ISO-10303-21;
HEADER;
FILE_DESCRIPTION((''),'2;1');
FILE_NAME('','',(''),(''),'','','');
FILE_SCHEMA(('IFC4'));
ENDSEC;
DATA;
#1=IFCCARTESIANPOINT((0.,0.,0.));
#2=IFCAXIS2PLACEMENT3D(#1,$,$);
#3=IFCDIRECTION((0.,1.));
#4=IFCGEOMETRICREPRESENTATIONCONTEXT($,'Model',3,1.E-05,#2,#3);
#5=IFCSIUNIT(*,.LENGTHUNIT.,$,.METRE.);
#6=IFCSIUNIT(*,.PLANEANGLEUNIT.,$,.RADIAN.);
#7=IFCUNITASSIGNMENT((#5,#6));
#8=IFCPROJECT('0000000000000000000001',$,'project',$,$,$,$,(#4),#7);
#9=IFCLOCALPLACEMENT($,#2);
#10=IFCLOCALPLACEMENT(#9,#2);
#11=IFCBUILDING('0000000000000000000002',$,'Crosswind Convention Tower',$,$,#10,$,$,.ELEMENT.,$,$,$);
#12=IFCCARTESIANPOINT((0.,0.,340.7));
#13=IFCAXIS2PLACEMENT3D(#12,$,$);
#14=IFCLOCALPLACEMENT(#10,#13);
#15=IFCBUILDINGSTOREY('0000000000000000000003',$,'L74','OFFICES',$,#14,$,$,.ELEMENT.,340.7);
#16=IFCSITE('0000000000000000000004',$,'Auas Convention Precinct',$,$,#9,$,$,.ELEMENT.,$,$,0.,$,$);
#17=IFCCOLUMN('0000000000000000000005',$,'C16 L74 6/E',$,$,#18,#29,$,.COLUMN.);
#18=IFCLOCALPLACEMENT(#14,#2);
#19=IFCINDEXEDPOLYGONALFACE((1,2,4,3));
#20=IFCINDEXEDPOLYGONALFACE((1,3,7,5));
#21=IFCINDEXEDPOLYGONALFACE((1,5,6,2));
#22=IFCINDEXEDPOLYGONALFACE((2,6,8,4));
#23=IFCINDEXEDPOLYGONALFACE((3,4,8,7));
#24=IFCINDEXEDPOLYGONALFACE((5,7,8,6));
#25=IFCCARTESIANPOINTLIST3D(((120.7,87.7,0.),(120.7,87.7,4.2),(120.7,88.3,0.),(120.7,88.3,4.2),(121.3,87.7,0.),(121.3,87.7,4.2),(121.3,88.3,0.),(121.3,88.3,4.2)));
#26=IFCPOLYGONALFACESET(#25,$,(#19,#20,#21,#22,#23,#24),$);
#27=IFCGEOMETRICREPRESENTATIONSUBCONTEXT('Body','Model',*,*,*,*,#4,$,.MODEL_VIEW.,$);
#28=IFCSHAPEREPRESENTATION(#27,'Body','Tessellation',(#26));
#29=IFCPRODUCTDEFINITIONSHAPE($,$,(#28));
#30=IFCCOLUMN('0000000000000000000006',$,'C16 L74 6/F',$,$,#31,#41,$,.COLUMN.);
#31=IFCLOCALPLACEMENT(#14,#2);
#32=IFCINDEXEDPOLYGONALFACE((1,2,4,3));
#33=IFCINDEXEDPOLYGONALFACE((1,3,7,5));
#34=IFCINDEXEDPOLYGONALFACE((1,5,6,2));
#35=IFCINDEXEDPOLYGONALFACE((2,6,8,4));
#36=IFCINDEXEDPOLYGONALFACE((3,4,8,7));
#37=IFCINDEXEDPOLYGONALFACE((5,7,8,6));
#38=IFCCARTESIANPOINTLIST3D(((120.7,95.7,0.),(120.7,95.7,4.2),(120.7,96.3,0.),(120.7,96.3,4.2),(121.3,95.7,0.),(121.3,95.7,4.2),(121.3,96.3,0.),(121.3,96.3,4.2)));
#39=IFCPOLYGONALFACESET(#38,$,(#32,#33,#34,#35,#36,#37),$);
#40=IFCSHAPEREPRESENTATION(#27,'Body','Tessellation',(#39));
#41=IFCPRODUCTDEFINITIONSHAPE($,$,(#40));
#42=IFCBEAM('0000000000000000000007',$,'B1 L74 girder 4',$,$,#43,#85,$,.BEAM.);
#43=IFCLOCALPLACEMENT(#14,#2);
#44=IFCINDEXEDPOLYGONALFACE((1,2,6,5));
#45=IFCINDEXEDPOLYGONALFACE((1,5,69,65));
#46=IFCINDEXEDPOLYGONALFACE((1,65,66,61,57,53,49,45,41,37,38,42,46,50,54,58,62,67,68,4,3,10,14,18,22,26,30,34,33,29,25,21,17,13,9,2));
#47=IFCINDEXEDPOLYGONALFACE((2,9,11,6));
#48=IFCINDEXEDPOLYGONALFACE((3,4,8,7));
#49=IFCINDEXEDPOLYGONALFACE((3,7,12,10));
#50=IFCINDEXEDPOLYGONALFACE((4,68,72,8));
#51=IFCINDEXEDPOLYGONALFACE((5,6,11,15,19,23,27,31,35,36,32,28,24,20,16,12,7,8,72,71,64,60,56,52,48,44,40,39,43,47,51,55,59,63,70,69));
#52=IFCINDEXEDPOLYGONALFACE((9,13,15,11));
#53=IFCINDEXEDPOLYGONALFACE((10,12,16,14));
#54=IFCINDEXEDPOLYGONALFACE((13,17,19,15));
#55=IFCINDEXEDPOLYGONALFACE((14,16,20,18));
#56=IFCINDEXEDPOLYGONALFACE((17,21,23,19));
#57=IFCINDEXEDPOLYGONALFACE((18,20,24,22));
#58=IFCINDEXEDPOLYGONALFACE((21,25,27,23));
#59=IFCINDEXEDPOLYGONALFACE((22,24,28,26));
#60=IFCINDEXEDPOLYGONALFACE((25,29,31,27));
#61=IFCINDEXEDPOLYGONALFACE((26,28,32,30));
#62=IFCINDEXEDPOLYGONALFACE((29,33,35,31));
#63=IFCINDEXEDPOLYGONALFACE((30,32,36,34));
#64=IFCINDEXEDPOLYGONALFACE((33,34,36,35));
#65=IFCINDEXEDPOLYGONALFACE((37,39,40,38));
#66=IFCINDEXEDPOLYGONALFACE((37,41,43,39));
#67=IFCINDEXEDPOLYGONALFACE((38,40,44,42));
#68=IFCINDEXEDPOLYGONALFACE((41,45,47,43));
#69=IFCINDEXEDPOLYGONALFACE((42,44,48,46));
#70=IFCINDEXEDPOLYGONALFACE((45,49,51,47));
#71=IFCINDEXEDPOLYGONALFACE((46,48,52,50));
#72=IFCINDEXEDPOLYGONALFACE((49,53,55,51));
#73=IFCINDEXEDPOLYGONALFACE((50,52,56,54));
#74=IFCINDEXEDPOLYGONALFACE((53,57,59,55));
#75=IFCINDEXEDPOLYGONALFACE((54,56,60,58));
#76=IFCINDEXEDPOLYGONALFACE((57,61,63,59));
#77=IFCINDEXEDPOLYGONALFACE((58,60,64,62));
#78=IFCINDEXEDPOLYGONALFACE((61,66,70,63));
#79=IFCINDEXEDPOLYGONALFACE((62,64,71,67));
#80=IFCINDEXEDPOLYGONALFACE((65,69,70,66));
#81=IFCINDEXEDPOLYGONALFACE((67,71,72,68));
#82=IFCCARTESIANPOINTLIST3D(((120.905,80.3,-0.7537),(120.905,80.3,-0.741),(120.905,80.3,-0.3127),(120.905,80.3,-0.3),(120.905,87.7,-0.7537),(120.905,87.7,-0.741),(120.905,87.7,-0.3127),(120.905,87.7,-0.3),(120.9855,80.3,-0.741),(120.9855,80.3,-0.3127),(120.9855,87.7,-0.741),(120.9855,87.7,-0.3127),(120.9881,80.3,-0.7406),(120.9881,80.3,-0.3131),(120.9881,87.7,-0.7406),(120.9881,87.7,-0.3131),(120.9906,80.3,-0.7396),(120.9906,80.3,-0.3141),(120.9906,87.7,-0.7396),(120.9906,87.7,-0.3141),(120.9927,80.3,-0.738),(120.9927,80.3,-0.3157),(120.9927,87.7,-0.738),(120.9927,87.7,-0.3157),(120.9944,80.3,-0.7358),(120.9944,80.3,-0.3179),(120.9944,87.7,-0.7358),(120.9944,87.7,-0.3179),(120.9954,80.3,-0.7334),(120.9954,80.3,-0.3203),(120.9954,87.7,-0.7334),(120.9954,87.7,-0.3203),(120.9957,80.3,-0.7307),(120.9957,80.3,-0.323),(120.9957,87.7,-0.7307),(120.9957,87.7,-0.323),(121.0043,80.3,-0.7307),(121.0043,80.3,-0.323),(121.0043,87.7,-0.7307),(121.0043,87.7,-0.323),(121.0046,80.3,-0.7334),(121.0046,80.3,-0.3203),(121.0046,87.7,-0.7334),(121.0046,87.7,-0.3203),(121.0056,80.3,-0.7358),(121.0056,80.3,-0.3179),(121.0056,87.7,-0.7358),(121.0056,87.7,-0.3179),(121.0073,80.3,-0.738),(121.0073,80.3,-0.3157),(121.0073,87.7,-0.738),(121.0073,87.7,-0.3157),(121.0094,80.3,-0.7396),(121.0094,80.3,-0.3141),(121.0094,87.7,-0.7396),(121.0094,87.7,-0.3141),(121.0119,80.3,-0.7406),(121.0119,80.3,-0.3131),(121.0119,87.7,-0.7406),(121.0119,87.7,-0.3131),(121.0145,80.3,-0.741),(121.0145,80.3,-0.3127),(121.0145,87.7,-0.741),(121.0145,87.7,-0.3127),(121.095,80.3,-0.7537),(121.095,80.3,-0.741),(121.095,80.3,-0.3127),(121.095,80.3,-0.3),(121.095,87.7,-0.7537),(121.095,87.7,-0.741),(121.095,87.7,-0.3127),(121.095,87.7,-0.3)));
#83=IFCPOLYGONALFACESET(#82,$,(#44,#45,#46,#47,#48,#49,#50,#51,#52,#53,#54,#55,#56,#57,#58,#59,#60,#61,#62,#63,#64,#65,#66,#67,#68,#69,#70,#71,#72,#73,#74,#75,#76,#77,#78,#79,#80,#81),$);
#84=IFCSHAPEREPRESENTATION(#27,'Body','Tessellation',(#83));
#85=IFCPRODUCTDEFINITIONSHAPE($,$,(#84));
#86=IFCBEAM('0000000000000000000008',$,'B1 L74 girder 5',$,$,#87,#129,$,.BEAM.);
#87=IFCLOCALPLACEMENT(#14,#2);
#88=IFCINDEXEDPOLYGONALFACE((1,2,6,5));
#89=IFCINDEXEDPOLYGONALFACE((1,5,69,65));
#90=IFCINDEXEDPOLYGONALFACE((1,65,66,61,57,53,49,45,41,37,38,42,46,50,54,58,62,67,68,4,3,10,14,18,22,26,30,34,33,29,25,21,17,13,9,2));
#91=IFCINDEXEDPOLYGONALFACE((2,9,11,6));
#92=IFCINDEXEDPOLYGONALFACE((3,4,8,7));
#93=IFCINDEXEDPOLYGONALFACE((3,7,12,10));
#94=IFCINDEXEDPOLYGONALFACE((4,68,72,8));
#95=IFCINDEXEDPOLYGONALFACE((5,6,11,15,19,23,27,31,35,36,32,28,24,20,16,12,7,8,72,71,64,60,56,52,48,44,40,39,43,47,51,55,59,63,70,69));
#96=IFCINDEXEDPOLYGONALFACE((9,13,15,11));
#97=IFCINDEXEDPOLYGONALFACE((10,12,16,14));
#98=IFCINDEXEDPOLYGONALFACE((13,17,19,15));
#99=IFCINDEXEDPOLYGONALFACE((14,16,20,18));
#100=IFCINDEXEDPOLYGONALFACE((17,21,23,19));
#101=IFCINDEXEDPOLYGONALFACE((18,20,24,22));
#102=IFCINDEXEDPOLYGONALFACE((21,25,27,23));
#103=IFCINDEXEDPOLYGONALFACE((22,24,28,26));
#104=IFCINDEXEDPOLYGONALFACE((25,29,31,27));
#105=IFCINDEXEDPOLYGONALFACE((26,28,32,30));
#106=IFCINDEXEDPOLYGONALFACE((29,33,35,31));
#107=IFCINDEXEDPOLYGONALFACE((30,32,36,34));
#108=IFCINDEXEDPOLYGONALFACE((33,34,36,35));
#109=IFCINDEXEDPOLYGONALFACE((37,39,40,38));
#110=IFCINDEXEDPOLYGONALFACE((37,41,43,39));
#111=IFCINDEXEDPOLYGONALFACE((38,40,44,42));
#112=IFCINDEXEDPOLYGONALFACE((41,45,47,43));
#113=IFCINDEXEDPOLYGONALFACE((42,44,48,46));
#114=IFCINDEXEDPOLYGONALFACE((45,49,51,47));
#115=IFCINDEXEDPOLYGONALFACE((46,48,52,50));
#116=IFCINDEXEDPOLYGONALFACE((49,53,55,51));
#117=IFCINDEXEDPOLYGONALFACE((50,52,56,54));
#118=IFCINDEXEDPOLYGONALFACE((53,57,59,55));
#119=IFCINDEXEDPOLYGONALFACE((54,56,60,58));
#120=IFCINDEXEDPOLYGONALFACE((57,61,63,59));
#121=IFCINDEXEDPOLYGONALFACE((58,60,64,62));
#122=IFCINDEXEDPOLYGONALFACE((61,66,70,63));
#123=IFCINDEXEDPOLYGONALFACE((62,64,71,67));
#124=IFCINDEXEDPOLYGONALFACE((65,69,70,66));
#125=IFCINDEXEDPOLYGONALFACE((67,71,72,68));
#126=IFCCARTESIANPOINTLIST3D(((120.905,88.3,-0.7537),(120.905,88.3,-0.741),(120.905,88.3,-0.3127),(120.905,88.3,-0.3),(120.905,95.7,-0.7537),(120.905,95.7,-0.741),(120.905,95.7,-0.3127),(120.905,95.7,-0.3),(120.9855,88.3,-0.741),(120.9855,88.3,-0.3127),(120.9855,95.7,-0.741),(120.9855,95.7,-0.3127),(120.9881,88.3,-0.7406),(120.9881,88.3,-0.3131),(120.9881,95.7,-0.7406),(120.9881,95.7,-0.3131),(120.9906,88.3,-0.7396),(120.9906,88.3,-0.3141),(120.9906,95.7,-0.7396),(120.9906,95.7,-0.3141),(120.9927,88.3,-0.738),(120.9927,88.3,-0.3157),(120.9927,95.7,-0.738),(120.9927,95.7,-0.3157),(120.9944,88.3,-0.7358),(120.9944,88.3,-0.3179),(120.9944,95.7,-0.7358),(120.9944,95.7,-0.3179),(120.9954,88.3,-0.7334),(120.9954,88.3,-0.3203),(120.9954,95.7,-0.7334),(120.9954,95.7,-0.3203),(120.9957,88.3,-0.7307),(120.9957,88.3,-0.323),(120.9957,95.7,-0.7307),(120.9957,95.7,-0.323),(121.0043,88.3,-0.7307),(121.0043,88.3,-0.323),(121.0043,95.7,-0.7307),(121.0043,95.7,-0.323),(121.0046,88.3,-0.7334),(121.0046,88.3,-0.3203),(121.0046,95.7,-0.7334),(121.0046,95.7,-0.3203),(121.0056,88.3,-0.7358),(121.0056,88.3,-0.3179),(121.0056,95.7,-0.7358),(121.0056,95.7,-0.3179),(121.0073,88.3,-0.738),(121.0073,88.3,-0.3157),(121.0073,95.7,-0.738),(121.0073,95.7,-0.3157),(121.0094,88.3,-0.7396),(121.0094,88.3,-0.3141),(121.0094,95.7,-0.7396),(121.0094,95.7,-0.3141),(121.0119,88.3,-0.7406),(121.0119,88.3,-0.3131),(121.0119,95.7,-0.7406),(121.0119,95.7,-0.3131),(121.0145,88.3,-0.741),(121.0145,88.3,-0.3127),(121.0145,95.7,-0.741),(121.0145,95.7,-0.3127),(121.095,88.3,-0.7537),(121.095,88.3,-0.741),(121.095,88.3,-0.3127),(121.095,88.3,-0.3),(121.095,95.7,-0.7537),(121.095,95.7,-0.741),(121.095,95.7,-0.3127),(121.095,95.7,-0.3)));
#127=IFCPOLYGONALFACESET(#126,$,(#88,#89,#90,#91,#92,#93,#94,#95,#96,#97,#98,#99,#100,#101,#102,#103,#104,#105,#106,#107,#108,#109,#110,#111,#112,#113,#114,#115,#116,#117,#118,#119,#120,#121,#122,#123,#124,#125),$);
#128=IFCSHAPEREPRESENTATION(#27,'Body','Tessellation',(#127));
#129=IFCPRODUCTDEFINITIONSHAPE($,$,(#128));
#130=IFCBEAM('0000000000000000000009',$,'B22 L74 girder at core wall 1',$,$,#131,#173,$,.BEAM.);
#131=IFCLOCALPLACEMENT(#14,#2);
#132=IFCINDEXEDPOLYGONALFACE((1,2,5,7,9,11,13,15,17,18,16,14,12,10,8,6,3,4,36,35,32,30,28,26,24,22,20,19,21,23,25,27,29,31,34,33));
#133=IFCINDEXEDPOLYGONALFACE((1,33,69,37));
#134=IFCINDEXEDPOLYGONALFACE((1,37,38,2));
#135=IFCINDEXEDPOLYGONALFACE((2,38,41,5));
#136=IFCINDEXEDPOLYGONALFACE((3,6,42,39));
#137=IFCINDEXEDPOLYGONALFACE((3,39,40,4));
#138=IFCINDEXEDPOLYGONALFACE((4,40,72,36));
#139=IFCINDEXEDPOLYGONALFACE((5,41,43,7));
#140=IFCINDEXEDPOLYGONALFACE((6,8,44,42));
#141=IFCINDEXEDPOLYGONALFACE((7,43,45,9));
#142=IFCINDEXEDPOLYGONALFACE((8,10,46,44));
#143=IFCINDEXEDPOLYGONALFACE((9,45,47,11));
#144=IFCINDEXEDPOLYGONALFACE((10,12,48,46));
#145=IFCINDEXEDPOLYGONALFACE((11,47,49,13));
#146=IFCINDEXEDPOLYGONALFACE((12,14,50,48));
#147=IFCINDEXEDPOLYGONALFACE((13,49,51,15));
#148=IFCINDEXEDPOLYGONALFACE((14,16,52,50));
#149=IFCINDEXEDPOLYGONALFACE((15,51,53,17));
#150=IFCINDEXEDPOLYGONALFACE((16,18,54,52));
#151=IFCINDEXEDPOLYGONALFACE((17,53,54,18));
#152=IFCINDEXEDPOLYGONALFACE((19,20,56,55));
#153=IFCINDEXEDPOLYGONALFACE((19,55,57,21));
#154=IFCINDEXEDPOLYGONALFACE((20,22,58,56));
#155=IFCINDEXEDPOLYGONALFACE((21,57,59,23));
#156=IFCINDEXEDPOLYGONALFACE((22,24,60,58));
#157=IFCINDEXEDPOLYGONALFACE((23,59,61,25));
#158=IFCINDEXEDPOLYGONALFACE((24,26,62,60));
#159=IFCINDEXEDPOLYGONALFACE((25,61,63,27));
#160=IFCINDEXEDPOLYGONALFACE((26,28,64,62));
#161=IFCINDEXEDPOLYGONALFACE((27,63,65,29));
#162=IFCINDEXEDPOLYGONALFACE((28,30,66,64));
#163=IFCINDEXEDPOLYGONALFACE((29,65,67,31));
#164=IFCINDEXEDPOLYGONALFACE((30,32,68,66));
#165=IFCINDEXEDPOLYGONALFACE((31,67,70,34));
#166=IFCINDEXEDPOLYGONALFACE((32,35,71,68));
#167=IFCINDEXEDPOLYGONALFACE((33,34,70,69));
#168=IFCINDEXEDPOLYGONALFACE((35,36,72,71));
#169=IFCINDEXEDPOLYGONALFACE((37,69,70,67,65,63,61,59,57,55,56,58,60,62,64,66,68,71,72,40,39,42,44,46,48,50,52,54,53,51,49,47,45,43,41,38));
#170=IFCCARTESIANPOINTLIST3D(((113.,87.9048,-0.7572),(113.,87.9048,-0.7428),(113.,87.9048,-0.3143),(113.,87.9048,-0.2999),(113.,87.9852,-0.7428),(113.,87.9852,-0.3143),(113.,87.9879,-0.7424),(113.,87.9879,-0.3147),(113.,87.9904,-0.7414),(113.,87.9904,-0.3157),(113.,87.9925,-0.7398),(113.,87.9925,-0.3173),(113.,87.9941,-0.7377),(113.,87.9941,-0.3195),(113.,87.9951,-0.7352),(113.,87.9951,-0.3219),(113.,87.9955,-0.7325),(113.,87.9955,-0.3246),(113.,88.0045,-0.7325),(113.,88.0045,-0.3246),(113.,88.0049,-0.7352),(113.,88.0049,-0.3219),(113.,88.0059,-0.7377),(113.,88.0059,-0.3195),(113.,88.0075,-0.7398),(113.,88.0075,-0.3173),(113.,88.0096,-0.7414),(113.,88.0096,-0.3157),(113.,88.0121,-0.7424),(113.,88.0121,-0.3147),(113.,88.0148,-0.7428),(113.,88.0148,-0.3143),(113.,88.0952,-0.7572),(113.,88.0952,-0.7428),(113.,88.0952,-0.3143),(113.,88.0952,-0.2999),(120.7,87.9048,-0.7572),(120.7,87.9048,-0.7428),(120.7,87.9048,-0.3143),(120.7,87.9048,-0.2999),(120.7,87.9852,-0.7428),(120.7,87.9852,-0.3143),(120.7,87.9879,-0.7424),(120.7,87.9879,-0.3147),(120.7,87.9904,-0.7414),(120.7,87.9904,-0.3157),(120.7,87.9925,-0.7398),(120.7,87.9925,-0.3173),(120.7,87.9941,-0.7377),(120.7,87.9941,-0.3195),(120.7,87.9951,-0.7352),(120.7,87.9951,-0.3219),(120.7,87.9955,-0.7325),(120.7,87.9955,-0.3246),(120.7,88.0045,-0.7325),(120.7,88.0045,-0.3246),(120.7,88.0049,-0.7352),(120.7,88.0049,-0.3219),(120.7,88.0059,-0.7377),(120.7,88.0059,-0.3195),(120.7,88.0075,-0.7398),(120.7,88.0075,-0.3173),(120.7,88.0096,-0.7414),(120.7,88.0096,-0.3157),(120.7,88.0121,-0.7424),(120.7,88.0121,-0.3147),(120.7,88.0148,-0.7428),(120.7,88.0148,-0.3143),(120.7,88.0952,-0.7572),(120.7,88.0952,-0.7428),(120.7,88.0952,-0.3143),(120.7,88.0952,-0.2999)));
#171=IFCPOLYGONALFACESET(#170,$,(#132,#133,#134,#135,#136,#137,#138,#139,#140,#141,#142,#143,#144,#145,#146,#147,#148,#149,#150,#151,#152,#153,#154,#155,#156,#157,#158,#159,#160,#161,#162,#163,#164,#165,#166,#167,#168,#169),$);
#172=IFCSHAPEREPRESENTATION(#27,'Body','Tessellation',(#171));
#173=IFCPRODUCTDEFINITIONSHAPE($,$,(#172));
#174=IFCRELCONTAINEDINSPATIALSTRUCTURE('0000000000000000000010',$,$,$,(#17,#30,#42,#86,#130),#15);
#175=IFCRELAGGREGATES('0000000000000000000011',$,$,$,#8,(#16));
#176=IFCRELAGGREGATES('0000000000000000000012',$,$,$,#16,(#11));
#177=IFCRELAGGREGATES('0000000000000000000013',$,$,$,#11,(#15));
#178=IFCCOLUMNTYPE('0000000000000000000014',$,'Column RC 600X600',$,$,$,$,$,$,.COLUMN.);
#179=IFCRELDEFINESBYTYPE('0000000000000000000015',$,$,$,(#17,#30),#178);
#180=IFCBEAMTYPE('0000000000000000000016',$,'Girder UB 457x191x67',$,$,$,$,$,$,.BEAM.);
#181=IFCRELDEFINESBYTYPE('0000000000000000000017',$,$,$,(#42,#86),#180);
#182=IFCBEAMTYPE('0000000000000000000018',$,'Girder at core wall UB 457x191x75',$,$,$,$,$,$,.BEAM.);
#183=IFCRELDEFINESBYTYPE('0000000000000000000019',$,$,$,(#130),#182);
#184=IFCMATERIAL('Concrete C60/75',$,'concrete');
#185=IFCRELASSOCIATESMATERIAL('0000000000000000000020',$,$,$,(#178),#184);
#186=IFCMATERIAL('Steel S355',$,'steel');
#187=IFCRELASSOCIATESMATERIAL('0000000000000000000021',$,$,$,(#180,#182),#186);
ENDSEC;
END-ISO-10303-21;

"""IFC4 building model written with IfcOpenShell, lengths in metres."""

from ifc_helpers import new_model, si_unit, direction, frame, origin, origin_2d, place, context, subcontext, project, spatial, rectangle, i_section, extrude, material, material_profile, profile_set, type_object, element, save


model = new_model("IFC4")

# Units and contexts
model_context = context("Model", 3, precision=1e-05, world=origin(), true_north=direction((0.0, 1.0)))
body_context = subcontext(model_context, "Body", "Model", "MODEL_VIEW")
ifc_project = project(units=[si_unit("LENGTHUNIT", "METRE"), si_unit("PLANEANGLEUNIT", "RADIAN")], contexts=[model_context])

# Site, building, storey
site_placement = place(None, origin())
site = spatial("IfcSite", under=ifc_project, at=site_placement, Name="Auas Convention Precinct", CompositionType="ELEMENT", RefElevation=0.0)
building_placement = place(site_placement, origin())
building = spatial("IfcBuilding", under=site, at=building_placement, Name="Crosswind Convention Tower", CompositionType="ELEMENT")
storey_placement = place(building_placement, frame((0.0, 0.0, 340.7)))
storey = spatial("IfcBuildingStorey", under=building, at=storey_placement, Name="L74", Description="OFFICES", CompositionType="ELEMENT", Elevation=340.7)

# Columns
ifc_material_1 = material(Name="Concrete C60/75", Category="concrete")
ifc_material_profile_1 = material_profile(ifc_material_1, rectangle(XDim=0.6001, YDim=0.6001, at=origin_2d()), Name="RC 600X600")
ifc_profile_set_1 = profile_set([ifc_material_profile_1], Name="Concrete C60/75")
column_type = type_object("IfcColumnType", Name="Column RC 600X600", PredefinedType="COLUMN", material=ifc_profile_set_1)
for number, where, z_axis, x_axis, name in (
    (1, (121.0, 88.0, 0.0), (0.0, 0.0, 1.0), (1.0, 0.0, 0.0), "C16 L74 6/E"),
    (2, (121.0, 96.0, 0.0), (0.0, 0.0, 1.0), (1.0, 0.0, 0.0), "C16 L74 6/F"),
):
    element("IfcColumn", number, at=place(storey_placement, frame(where, z_axis=z_axis, x_axis=x_axis)), inside=storey, type_object=column_type, Name=name, PredefinedType="COLUMN", context=body_context, shape_type="SweptSolid", body=[
        extrude(rectangle(XDim=0.6001, YDim=0.6001, at=origin_2d()), origin(), (0.0, 0.0, 1.0), 4.2),
    ])

# Beams
ifc_material_2 = material(Name="Steel S355", Category="steel")
ifc_material_profile_2 = material_profile(ifc_material_2, i_section(OverallWidth=0.1899, OverallDepth=0.4536, WebThickness=0.0085, FlangeThickness=0.0127, FilletRadius=0.0103, at=origin_2d()), Name="UB 457x191x67")
ifc_profile_set_2 = profile_set([ifc_material_profile_2], Name="Steel S355")
beam_type_1 = type_object("IfcBeamType", Name="Girder UB 457x191x67", PredefinedType="BEAM", material=ifc_profile_set_2)
for number, where, z_axis, x_axis, name in (
    (3, (121.0, 80.3, -0.5269), (0.0, 1.0, 0.0), (-1.0, 0.0, 0.0), "B1 L74 girder 4"),
    (4, (121.0, 88.3, -0.5269), (0.0, 1.0, 0.0), (-1.0, 0.0, 0.0), "B1 L74 girder 5"),
):
    element("IfcBeam", number, at=place(storey_placement, frame(where, z_axis=z_axis, x_axis=x_axis)), inside=storey, type_object=beam_type_1, Name=name, PredefinedType="BEAM", context=body_context, shape_type="SweptSolid", body=[
        extrude(i_section(OverallWidth=0.1899, OverallDepth=0.4536, WebThickness=0.0085, FlangeThickness=0.0127, FilletRadius=0.0103, at=origin_2d()), origin(), (0.0, 0.0, 1.0), 7.3999),
    ])
ifc_material_profile_3 = material_profile(ifc_material_2, i_section(OverallWidth=0.1904, OverallDepth=0.4573, WebThickness=0.009, FlangeThickness=0.0144, FilletRadius=0.0103, at=origin_2d()), Name="UB 457x191x75")
ifc_profile_set_3 = profile_set([ifc_material_profile_3], Name="Steel S355")
beam_type_2 = type_object("IfcBeamType", Name="Girder at core wall UB 457x191x75", PredefinedType="BEAM", material=ifc_profile_set_3)
for number, where, z_axis, x_axis, name in (
    (5, (113.0, 88.0, -0.5286), (1.0, 0.0, 0.0), (0.0, 1.0, 0.0), "B22 L74 girder at core wall 1"),
):
    element("IfcBeam", number, at=place(storey_placement, frame(where, z_axis=z_axis, x_axis=x_axis)), inside=storey, type_object=beam_type_2, Name=name, PredefinedType="BEAM", context=body_context, shape_type="SweptSolid", body=[
        extrude(i_section(OverallWidth=0.1904, OverallDepth=0.4573, WebThickness=0.009, FlangeThickness=0.0144, FilletRadius=0.0103, at=origin_2d()), origin(), (0.0, 0.0, 1.0), 7.7),
    ])

save(model, "model.ifc")
